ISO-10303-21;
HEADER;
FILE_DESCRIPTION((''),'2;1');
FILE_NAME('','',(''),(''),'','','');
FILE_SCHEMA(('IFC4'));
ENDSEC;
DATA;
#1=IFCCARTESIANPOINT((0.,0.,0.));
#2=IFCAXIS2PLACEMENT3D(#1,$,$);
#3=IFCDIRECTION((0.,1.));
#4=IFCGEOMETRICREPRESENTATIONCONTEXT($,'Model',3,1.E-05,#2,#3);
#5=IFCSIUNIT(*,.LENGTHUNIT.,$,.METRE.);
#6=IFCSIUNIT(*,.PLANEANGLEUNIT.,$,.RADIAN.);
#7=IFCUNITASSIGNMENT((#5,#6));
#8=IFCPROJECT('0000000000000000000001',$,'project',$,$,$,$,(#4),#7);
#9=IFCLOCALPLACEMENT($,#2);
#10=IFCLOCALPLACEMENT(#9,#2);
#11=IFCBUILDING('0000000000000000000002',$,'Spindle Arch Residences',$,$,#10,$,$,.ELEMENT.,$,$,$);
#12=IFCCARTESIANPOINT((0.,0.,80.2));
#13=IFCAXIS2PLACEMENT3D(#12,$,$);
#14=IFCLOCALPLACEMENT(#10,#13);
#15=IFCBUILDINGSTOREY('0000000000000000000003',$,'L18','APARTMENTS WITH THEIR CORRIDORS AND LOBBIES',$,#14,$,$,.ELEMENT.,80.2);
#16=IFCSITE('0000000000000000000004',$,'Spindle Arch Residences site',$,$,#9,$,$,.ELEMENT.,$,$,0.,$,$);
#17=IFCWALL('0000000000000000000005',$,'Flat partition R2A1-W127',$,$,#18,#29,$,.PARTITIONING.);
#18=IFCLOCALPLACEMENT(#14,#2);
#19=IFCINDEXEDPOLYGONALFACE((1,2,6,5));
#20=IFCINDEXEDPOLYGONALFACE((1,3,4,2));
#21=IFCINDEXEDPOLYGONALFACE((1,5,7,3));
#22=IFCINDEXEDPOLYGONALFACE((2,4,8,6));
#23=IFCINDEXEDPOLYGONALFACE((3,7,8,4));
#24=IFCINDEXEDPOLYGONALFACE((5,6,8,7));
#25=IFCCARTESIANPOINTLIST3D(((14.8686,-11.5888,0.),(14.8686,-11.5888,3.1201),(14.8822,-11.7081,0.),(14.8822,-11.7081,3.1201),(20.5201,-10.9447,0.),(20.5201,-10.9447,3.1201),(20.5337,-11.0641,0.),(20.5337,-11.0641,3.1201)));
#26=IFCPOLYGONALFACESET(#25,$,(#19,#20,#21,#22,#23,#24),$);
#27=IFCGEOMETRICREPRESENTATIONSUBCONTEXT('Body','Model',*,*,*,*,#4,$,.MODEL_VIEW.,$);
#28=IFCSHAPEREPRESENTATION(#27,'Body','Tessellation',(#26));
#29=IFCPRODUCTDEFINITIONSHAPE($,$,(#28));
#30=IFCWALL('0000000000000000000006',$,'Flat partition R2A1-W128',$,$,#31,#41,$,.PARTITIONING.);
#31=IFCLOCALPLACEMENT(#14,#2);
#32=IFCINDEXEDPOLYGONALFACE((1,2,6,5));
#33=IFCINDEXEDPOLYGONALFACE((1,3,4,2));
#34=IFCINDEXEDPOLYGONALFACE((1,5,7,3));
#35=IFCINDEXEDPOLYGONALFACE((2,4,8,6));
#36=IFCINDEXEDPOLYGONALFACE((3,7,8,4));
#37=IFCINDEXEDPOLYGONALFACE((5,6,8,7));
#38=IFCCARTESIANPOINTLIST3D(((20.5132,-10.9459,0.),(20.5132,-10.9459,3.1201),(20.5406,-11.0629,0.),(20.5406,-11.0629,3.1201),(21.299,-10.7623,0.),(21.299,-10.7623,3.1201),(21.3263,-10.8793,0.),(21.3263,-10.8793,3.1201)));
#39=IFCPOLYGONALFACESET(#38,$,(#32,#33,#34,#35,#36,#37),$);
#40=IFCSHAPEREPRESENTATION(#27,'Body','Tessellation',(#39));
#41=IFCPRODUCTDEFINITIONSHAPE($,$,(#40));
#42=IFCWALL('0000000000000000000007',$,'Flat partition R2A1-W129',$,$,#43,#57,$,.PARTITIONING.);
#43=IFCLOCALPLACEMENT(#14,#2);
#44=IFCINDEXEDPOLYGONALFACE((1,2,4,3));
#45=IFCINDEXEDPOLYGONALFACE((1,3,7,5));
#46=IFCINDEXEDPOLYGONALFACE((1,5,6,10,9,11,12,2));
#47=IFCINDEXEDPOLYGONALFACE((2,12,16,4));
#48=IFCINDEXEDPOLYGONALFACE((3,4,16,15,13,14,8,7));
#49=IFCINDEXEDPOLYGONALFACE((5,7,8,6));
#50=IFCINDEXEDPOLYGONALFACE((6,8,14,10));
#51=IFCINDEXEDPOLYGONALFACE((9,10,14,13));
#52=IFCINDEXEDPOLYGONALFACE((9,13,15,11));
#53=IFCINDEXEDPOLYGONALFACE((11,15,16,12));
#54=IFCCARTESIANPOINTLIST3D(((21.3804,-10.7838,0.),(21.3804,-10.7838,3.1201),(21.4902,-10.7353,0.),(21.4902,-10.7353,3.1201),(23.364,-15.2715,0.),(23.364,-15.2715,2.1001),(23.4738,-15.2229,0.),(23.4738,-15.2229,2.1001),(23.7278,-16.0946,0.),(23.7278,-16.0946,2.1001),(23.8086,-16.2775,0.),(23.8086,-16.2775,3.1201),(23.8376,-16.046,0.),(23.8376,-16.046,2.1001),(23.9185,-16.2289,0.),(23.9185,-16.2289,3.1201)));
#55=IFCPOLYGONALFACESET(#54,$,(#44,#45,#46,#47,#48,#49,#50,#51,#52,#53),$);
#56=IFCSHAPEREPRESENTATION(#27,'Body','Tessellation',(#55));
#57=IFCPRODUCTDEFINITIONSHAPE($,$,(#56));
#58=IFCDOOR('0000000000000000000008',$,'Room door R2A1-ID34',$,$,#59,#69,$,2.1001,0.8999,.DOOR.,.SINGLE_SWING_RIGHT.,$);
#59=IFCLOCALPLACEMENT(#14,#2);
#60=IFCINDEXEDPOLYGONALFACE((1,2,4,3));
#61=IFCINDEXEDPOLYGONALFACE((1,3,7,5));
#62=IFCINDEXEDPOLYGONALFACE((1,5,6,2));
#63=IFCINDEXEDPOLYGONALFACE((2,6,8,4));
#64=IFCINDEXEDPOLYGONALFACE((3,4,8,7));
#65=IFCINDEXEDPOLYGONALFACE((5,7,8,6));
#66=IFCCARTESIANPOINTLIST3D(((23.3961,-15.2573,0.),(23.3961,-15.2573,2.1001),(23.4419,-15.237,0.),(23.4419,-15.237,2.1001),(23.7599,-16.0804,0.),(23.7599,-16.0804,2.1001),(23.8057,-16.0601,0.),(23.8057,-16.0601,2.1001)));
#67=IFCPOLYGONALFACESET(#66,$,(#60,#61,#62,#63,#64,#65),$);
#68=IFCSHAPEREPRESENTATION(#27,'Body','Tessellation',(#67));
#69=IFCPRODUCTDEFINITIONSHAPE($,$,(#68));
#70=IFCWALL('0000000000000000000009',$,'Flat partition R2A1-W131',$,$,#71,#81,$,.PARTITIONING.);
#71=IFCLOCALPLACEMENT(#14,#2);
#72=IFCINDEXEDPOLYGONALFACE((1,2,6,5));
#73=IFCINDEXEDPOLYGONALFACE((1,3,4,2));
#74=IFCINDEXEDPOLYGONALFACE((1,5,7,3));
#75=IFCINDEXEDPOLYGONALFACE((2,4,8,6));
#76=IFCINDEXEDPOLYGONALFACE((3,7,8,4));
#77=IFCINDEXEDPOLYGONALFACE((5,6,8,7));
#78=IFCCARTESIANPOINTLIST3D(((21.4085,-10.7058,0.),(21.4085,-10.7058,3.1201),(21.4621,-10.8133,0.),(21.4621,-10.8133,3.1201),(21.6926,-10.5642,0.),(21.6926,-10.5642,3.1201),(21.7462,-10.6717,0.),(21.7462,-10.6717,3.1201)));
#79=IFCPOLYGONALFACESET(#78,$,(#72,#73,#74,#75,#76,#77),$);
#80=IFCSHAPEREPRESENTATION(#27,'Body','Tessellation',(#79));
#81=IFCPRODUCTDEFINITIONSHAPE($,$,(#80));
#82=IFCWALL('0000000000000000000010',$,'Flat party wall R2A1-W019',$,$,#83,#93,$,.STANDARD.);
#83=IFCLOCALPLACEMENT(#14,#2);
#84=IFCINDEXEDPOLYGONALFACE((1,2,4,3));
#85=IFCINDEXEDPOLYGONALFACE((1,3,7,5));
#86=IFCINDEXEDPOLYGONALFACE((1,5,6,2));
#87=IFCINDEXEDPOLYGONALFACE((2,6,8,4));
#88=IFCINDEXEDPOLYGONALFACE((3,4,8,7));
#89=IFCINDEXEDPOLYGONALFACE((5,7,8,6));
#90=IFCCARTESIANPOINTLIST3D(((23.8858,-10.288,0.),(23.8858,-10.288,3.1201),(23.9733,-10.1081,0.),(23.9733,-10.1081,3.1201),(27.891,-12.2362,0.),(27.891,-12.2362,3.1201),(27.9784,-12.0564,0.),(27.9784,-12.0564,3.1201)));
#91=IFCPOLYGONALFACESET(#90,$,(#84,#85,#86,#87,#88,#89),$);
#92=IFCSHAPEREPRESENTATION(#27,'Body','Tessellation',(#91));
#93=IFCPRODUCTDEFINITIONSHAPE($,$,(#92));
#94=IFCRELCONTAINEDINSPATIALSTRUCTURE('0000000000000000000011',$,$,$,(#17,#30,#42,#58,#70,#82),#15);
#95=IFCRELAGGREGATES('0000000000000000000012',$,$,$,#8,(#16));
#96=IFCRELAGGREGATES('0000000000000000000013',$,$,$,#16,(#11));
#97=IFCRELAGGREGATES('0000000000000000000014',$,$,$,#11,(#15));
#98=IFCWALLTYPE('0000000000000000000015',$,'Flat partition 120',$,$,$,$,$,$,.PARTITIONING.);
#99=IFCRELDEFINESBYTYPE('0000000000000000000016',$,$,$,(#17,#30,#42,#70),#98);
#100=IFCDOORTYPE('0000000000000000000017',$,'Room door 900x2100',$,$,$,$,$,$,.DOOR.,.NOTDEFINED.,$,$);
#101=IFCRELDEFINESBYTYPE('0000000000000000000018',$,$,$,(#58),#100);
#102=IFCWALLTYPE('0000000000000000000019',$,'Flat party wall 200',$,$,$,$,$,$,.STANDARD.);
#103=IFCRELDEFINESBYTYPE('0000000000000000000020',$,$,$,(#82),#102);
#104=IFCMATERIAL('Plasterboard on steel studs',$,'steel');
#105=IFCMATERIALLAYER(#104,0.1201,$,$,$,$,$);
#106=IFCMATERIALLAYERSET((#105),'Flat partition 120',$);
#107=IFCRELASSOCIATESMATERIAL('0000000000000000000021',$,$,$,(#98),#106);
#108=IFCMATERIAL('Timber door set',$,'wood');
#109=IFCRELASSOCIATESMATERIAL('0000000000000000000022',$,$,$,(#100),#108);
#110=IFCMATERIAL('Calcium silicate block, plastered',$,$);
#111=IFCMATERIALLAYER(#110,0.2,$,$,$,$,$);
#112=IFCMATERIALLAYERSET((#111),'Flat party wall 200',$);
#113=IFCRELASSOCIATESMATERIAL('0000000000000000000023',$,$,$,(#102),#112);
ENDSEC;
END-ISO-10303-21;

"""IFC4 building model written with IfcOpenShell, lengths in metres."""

from ifc_helpers import new_model, si_unit, direction, frame, frame_2d, origin, place, context, subcontext, project, spatial, rectangle, extrude, material, layer, layer_set, type_object, element, fill, save


model = new_model("IFC4")

# Units and contexts
model_context = context("Model", 3, precision=1e-05, world=origin(), true_north=direction((0.0, 1.0)))
body_context = subcontext(model_context, "Body", "Model", "MODEL_VIEW")
ifc_project = project(units=[si_unit("LENGTHUNIT", "METRE"), si_unit("PLANEANGLEUNIT", "RADIAN")], contexts=[model_context])

# Site, building, storey
site_placement = place(None, origin())
site = spatial("IfcSite", under=ifc_project, at=site_placement, Name="Spindle Arch Residences site", CompositionType="ELEMENT", RefElevation=0.0)
building_placement = place(site_placement, origin())
building = spatial("IfcBuilding", under=site, at=building_placement, Name="Spindle Arch Residences", CompositionType="ELEMENT")
storey_placement = place(building_placement, frame((0.0, 0.0, 80.2)))
storey = spatial("IfcBuildingStorey", under=building, at=storey_placement, Name="L18", Description="APARTMENTS WITH THEIR CORRIDORS AND LOBBIES", CompositionType="ELEMENT", Elevation=80.2)

# Shared definitions
ifc_material_1 = material(Name="Plasterboard on steel studs", Category="steel")
ifc_layer_1 = layer(ifc_material_1, 0.1201)
ifc_layer_set_1 = layer_set([ifc_layer_1], Name="Flat partition 120")
wall_type_1 = type_object("IfcWallType", Name="Flat partition 120", PredefinedType="PARTITIONING", material=ifc_layer_set_1)

# Shared definitions
ifc_material_2 = material(Name="Timber door set", Category="wood")
door_type = type_object("IfcDoorType", Name="Room door 900x2100", OperationType="NOTDEFINED", PredefinedType="DOOR", material=ifc_material_2)

# Walls
wall_1_placement = place(storey_placement, frame((20.5269, -11.0044, 0.0), z_axis=(0.0, 0.0, 1.0), x_axis=(-0.993569, -0.113229, 0.0)))
element("IfcWall", 1, at=wall_1_placement, inside=storey, type_object=wall_type_1, Name="Flat partition R2A1-W127", PredefinedType="PARTITIONING", context=body_context, shape_type="SweptSolid", body=[
    extrude(rectangle(XDim=5.688, YDim=0.1201, at=frame_2d((2.844, 0.0))), origin(), (0.0, 0.0, 1.0), 3.1201),
])
wall_2_placement = place(storey_placement, frame((21.3125, -10.8208, 0.0), z_axis=(0.0, 0.0, 1.0), x_axis=(-0.973765, -0.227555, 0.0)))
element("IfcWall", 2, at=wall_2_placement, inside=storey, type_object=wall_type_1, Name="Flat partition R2A1-W128", PredefinedType="PARTITIONING", context=body_context, shape_type="SweptSolid", body=[
    extrude(rectangle(XDim=0.8069, YDim=0.1201, at=frame_2d((0.4033, 0.0))), origin(), (0.0, 0.0, 1.0), 3.1201),
])

# Wall, opening, door
wall_3_placement = place(storey_placement, frame((23.8635, -16.2532, 0.0), z_axis=(0.0, 0.0, 1.0), x_axis=(-0.404275, 0.914638, 0.0)))
wall_3 = element("IfcWall", 3, at=wall_3_placement, inside=storey, type_object=wall_type_1, Name="Flat partition R2A1-W129", PredefinedType="PARTITIONING", context=body_context, shape_type="SweptSolid", body=[
    extrude(rectangle(XDim=6.0063, YDim=0.1201, at=frame_2d((3.0032, 0.0))), origin(), (0.0, 0.0, 1.0), 3.1201),
])
opening_1_placement = place(wall_3_placement, frame((0.2, 0.0, 0.0)))
opening_1 = element("IfcOpeningElement", 4, at=opening_1_placement, cuts=wall_3, PredefinedType="OPENING", context=body_context, shape_type="SweptSolid", body=[
    extrude(rectangle(XDim=0.8999, YDim=2.1001, at=frame_2d((0.45, 1.05))), frame((0.0, 0.0701, 0.0), z_axis=(0.0, -1.0, 0.0), x_axis=(1.0, 0.0, 0.0)), (0.0, 0.0, 1.0), 0.1401),
])
door_1_placement = place(opening_1_placement, origin())
door_1 = element("IfcDoor", 5, at=door_1_placement, inside=storey, type_object=door_type, Name="Room door R2A1-ID34", OperationType="SINGLE_SWING_RIGHT", OverallHeight=2.1001, OverallWidth=0.8999, PredefinedType="DOOR", context=body_context, shape_type="SweptSolid", body=[
    extrude(rectangle(XDim=0.8999, YDim=2.1001, at=frame_2d((0.45, 1.05))), frame((0.0, 0.0249, 0.0), z_axis=(0.0, -1.0, 0.0), x_axis=(1.0, 0.0, 0.0)), (0.0, 0.0, 1.0), 0.05),
])
fill(opening_1, door_1)

# Walls
wall_4_placement = place(storey_placement, frame((21.4353, -10.7595, 0.0), z_axis=(0.0, 0.0, 1.0), x_axis=(0.895041, 0.445983, 0.0)))
element("IfcWall", 6, at=wall_4_placement, inside=storey, type_object=wall_type_1, Name="Flat partition R2A1-W131", PredefinedType="PARTITIONING", context=body_context, shape_type="SweptSolid", body=[
    extrude(rectangle(XDim=0.3174, YDim=0.1201, at=frame_2d((0.1587, 0.0))), origin(), (0.0, 0.0, 1.0), 3.1201),
])
ifc_material_3 = material(Name="Calcium silicate block, plastered")
ifc_layer_2 = layer(ifc_material_3, 0.2)
ifc_layer_set_2 = layer_set([ifc_layer_2], Name="Flat party wall 200")
wall_type_2 = type_object("IfcWallType", Name="Flat party wall 200", PredefinedType="STANDARD", material=ifc_layer_set_2)
wall_5_placement = place(storey_placement, frame((23.9294, -10.198, 0.0), z_axis=(0.0, 0.0, 1.0), x_axis=(0.899253, -0.43743, 0.0)))
element("IfcWall", 7, at=wall_5_placement, inside=storey, type_object=wall_type_2, Name="Flat party wall R2A1-W019", PredefinedType="STANDARD", context=body_context, shape_type="SweptSolid", body=[
    extrude(rectangle(XDim=4.4539, YDim=0.2, at=frame_2d((2.2271, 0.0))), origin(), (0.0, 0.0, 1.0), 3.1201),
])

save(model, "model.ifc")
